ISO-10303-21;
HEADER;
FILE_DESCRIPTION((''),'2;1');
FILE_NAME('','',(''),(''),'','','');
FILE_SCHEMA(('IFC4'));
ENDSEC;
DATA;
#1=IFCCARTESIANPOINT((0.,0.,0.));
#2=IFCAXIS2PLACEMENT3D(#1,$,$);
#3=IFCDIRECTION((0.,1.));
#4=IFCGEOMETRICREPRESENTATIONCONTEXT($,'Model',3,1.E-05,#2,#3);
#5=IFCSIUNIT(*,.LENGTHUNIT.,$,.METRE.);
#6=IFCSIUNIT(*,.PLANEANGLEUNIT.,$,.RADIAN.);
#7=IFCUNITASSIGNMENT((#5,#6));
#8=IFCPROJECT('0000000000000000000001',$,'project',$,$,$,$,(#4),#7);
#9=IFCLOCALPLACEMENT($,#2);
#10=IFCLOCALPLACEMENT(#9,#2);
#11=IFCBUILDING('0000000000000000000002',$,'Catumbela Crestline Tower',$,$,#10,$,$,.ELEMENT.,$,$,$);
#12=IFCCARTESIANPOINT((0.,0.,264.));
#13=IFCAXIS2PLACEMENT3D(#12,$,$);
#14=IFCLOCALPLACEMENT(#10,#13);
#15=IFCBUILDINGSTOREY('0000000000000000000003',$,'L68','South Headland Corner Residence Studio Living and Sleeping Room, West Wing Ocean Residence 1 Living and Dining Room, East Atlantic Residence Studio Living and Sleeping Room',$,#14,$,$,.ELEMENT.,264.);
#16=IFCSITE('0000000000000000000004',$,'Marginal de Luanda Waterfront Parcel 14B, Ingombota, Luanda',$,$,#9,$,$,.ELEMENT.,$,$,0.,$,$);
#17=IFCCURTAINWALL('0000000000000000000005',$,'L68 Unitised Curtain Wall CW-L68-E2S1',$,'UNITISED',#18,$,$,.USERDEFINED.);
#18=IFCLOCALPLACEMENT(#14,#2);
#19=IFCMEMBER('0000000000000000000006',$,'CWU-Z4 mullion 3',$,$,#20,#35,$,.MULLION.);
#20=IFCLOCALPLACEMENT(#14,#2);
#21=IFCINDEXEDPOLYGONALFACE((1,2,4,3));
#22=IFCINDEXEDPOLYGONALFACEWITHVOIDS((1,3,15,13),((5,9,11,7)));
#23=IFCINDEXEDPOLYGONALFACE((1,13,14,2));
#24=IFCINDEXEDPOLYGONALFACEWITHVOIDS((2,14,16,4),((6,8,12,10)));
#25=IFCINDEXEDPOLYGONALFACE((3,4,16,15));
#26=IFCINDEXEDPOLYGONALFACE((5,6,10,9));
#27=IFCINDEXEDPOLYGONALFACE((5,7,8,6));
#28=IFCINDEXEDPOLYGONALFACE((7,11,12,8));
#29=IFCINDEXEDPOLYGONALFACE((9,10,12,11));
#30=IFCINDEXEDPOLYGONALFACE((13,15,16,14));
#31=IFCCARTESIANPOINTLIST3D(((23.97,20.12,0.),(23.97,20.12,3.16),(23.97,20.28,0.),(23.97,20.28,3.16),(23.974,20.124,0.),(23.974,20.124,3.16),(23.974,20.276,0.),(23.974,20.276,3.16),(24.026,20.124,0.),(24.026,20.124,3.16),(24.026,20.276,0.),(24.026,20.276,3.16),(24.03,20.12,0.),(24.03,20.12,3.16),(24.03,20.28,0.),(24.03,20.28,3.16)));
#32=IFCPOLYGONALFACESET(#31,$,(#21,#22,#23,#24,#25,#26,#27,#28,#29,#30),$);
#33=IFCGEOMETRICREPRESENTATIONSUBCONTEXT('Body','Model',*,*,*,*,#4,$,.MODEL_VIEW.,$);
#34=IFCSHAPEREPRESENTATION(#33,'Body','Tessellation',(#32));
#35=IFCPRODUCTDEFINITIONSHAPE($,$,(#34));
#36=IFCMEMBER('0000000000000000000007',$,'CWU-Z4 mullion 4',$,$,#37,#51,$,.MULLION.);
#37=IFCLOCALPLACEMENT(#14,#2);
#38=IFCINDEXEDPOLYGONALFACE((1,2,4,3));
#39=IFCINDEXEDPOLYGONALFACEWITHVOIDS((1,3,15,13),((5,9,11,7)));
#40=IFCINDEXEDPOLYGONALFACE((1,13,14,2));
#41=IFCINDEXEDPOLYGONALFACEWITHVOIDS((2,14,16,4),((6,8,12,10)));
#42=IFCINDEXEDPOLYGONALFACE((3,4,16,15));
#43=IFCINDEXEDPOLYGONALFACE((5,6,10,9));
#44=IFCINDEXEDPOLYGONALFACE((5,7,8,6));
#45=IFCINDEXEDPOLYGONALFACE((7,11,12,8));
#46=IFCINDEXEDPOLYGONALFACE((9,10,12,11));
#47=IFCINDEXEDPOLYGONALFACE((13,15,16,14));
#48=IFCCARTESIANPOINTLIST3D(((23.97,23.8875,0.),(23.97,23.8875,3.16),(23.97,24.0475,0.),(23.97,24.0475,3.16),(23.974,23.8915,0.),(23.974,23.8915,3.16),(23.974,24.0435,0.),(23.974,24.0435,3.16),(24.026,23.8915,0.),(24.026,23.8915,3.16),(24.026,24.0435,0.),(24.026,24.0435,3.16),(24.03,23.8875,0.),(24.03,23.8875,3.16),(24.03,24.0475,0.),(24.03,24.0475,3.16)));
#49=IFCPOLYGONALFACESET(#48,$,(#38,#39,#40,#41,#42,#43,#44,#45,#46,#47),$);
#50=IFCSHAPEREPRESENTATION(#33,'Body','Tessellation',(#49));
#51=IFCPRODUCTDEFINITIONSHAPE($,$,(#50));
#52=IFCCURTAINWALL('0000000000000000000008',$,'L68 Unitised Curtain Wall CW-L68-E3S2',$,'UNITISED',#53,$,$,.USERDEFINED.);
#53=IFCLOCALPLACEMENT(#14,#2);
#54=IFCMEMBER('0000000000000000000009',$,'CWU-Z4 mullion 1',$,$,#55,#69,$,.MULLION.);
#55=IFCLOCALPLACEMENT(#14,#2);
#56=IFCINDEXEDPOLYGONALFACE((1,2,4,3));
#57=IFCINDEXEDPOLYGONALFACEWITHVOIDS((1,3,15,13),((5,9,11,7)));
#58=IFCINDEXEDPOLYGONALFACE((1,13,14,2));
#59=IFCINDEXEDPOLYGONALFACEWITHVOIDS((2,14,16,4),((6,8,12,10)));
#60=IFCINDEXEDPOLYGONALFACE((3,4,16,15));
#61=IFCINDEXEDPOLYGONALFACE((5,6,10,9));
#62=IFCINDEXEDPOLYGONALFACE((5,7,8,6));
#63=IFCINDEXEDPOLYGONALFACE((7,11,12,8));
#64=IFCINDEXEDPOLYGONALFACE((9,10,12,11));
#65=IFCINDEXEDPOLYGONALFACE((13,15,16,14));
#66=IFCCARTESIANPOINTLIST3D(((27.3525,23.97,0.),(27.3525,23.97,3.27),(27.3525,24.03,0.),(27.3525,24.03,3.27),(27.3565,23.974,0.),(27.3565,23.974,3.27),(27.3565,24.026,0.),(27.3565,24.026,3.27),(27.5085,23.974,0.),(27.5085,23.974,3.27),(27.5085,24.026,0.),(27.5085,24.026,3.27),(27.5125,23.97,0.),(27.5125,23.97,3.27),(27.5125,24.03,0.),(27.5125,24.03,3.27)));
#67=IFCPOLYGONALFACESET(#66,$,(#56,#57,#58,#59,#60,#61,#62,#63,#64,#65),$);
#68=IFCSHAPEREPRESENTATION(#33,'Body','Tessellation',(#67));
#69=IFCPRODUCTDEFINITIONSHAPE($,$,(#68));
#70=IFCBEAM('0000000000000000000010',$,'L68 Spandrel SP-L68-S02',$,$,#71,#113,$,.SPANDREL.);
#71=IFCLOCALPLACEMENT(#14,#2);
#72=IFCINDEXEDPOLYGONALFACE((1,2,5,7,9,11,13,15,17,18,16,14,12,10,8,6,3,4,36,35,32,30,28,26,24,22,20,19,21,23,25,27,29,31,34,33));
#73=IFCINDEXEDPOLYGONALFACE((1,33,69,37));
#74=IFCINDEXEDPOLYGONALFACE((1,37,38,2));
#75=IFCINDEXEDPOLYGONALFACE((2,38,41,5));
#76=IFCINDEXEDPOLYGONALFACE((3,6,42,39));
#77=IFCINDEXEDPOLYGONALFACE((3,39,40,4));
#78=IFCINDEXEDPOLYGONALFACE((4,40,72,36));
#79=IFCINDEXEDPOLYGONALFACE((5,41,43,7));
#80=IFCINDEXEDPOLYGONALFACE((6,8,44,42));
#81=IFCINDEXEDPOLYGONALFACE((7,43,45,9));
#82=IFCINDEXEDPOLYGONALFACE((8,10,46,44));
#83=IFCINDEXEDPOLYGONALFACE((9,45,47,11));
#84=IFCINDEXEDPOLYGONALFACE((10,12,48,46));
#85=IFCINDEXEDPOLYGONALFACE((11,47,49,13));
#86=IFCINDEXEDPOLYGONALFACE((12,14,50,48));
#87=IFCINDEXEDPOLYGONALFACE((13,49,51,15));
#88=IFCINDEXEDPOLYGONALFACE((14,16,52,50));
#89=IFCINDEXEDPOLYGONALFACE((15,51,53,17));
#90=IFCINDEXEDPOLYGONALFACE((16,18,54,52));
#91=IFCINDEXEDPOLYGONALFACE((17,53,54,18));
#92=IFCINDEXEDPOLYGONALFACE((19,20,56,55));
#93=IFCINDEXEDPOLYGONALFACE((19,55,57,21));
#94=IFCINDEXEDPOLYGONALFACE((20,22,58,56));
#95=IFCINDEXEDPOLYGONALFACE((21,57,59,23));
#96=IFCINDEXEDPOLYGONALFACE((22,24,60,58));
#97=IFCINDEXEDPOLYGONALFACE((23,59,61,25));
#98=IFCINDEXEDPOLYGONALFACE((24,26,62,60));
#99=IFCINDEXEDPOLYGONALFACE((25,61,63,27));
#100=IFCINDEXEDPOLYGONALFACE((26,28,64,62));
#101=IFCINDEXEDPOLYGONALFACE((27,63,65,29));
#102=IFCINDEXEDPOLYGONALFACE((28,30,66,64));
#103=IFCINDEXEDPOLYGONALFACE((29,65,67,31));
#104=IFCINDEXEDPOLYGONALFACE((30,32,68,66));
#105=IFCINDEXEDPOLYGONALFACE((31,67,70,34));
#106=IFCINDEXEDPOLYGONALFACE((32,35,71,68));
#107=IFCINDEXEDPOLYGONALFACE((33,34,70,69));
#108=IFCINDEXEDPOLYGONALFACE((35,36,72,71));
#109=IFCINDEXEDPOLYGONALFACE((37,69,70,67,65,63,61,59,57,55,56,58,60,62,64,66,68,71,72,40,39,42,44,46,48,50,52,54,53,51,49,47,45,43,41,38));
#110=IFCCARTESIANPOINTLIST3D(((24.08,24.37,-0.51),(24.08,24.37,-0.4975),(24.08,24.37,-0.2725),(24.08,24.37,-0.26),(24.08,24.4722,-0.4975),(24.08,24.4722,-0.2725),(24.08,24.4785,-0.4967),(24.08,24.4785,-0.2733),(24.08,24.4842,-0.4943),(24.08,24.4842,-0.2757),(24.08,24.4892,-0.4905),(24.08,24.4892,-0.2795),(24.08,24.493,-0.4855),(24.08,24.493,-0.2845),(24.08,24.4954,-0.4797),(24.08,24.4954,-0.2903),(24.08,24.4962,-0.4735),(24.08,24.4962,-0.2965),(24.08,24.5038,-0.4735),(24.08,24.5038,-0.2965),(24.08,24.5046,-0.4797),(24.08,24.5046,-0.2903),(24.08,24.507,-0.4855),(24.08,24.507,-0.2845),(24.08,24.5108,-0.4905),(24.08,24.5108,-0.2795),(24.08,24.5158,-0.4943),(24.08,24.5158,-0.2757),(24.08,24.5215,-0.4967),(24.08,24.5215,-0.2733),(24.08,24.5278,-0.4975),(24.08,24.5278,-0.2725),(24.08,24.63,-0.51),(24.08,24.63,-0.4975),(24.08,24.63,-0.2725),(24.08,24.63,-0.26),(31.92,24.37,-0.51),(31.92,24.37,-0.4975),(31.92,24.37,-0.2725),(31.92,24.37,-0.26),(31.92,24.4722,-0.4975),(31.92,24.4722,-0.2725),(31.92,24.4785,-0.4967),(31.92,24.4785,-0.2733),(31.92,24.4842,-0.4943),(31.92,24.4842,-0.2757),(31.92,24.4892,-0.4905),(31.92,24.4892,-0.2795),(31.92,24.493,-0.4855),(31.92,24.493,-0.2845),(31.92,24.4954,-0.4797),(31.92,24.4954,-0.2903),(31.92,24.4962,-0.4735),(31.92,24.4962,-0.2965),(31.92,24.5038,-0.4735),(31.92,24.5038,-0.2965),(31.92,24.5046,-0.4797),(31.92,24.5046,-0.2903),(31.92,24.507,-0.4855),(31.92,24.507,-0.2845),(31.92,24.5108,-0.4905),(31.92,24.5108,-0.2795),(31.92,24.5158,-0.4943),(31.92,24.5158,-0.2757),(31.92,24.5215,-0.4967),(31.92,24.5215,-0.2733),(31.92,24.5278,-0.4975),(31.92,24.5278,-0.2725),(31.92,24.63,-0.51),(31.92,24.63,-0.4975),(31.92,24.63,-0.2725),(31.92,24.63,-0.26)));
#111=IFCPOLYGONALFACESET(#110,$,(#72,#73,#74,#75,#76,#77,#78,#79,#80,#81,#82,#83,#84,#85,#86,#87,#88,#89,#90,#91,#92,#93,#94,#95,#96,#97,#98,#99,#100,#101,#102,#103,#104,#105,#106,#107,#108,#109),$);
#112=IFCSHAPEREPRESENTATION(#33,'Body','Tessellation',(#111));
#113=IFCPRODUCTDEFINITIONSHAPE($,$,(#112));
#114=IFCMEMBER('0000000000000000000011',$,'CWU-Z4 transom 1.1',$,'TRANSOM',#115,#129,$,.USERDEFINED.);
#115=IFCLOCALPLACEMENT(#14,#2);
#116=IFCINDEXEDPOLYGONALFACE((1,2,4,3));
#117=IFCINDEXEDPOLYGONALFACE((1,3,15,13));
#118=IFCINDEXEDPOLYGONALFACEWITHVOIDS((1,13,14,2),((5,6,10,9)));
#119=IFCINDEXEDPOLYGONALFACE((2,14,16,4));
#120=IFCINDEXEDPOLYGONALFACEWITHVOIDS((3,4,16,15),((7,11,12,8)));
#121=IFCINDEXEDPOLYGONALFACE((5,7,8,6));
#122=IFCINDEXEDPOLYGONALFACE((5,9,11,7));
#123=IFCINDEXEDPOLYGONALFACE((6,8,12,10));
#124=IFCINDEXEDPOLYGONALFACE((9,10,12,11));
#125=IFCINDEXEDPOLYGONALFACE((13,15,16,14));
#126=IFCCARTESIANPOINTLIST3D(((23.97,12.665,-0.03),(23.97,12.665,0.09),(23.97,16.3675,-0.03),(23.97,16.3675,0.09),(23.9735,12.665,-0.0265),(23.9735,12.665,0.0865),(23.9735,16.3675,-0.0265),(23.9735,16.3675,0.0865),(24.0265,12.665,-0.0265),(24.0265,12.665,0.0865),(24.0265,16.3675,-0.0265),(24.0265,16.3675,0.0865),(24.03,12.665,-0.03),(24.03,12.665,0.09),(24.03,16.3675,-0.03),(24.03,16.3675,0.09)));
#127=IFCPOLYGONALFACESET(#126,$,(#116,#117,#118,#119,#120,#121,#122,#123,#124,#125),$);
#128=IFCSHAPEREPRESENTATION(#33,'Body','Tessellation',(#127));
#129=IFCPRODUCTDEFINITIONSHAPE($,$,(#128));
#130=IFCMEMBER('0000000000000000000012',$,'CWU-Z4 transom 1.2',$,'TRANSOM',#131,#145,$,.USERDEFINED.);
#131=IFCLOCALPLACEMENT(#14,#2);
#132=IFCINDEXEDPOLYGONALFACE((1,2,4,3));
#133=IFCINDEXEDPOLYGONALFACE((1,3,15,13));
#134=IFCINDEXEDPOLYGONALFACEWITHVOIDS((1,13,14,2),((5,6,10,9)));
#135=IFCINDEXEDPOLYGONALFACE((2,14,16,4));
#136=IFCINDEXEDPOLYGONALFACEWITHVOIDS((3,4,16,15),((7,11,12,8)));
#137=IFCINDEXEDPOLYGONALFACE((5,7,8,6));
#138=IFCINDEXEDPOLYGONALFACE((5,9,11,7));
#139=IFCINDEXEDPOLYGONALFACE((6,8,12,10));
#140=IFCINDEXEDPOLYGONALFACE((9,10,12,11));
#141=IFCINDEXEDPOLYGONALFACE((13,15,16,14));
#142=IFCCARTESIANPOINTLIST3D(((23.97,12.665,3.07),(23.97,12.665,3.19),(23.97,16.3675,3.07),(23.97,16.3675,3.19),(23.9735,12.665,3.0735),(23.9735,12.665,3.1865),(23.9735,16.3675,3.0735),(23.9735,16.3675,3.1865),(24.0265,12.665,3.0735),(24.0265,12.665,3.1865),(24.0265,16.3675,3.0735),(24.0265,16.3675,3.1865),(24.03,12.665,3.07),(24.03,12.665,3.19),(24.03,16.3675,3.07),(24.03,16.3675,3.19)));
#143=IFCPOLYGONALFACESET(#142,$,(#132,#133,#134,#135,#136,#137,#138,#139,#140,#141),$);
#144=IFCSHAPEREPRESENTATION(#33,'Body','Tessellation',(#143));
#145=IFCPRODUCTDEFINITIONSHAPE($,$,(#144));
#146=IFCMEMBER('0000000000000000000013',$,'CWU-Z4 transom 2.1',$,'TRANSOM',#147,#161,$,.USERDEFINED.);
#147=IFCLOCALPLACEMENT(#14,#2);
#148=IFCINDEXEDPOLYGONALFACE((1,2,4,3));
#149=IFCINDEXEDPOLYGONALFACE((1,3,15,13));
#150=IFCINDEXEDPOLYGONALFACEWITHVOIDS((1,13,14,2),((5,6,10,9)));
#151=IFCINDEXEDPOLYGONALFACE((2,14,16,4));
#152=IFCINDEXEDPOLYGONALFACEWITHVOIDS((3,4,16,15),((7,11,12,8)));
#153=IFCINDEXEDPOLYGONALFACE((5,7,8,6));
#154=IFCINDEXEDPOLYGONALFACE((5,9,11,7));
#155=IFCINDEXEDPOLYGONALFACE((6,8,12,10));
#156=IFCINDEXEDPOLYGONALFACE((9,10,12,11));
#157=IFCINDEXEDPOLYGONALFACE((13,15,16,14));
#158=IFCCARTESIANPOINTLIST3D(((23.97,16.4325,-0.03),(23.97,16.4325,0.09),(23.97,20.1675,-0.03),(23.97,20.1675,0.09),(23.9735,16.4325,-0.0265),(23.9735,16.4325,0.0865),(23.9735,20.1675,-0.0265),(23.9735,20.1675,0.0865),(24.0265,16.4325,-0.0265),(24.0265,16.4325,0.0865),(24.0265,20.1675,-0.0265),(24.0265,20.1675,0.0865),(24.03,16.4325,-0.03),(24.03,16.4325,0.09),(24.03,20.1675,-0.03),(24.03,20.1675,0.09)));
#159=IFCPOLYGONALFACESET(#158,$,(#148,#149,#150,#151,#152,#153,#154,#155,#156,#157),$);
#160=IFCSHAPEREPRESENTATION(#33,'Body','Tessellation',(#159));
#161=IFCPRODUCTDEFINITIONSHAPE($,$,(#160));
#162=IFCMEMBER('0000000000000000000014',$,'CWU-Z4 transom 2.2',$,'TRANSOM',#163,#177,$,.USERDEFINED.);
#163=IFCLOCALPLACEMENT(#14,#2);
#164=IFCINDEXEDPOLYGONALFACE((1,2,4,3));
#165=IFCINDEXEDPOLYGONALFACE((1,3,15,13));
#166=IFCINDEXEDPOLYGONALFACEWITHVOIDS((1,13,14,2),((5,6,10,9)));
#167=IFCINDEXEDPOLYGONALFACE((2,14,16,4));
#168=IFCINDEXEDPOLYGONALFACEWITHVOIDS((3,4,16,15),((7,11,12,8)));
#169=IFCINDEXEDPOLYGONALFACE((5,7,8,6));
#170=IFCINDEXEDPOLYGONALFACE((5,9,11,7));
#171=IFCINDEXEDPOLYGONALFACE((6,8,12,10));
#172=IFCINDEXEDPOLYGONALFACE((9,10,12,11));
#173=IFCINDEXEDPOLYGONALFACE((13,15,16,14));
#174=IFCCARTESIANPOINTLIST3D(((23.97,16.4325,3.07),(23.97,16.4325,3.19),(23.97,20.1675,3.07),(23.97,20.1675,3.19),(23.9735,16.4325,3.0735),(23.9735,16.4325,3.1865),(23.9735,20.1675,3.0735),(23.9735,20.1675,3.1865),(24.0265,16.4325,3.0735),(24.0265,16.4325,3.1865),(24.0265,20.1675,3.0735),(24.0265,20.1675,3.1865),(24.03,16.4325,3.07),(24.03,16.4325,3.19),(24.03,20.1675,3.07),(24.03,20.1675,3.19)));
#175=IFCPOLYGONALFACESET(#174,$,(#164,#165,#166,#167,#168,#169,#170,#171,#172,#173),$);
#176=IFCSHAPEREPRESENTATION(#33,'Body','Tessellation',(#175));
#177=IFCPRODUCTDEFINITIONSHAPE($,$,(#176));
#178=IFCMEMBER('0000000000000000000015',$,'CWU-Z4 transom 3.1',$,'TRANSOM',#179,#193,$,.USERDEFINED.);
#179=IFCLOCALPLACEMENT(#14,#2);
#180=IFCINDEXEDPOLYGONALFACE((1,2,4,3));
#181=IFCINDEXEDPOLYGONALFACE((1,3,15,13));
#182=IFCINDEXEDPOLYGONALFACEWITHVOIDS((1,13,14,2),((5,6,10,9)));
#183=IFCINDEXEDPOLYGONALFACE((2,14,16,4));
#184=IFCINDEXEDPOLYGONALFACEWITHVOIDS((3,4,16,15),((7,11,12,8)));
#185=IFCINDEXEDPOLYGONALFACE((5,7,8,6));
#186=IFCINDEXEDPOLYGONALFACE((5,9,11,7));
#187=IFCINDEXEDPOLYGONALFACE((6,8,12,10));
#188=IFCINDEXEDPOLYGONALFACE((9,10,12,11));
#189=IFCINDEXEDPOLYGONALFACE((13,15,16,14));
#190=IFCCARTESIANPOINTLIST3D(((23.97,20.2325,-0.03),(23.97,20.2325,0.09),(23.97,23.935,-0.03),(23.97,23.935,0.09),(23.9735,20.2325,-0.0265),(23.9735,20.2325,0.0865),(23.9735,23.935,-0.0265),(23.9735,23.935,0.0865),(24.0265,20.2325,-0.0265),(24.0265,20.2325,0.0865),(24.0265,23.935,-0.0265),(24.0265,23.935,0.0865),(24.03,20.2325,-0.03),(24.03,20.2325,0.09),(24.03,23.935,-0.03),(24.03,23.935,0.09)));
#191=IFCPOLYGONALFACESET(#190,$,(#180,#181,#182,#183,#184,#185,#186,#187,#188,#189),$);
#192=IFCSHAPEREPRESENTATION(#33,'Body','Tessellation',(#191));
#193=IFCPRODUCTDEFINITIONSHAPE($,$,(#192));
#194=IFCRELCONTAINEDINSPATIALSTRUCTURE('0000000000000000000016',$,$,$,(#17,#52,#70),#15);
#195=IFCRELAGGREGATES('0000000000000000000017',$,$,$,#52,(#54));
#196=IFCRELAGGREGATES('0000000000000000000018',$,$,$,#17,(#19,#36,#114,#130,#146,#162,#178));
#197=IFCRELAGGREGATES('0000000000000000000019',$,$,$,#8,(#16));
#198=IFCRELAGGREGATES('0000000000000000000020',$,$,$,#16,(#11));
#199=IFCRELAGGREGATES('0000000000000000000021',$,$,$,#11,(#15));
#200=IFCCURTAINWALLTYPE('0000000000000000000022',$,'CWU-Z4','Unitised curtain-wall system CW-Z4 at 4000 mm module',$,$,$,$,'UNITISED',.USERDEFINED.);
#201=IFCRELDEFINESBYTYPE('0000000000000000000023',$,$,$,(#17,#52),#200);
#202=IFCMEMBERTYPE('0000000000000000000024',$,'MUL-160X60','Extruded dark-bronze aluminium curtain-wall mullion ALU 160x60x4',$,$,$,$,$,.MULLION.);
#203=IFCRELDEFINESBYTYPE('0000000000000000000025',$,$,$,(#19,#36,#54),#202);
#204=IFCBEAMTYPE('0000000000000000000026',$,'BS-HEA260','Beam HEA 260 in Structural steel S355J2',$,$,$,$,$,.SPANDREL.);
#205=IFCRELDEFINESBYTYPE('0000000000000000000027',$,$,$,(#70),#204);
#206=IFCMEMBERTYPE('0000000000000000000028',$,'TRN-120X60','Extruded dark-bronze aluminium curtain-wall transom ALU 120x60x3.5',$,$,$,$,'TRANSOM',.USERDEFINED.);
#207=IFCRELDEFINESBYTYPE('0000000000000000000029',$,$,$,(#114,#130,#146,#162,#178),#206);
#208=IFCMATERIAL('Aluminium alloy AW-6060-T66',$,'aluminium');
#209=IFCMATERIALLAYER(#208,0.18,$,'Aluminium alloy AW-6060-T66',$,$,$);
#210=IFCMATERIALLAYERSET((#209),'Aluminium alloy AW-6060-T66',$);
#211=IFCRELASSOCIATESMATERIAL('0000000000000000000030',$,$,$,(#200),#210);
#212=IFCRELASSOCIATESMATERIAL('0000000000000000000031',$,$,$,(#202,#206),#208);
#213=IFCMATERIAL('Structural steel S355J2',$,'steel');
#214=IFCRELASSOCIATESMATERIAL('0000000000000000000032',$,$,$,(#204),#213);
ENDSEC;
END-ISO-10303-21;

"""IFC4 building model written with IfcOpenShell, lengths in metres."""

from ifc_helpers import new_model, si_unit, direction, frame, origin, origin_2d, place, context, subcontext, project, spatial, hollow_rectangle, i_section, extrude, material, layer, layer_set, material_profile, profile_set, type_object, element, aggregate, save


model = new_model("IFC4")

# Units and contexts
model_context = context("Model", 3, precision=1e-05, world=origin(), true_north=direction((0.0, 1.0)))
body_context = subcontext(model_context, "Body", "Model", "MODEL_VIEW")
ifc_project = project(units=[si_unit("LENGTHUNIT", "METRE"), si_unit("PLANEANGLEUNIT", "RADIAN")], contexts=[model_context])

# Site, building, storey
site_placement = place(None, origin())
site = spatial("IfcSite", under=ifc_project, at=site_placement, Name="Marginal de Luanda Waterfront Parcel 14B, Ingombota, Luanda", CompositionType="ELEMENT", RefElevation=0.0)
building_placement = place(site_placement, origin())
building = spatial("IfcBuilding", under=site, at=building_placement, Name="Catumbela Crestline Tower", CompositionType="ELEMENT")
storey_placement = place(building_placement, frame((0.0, 0.0, 264.0)))
storey = spatial("IfcBuildingStorey", under=building, at=storey_placement, Name="L68", Description="South Headland Corner Residence Studio Living and Sleeping Room, West Wing Ocean Residence 1 Living and Dining Room, East Atlantic Residence Studio Living and Sleeping Room", CompositionType="ELEMENT", Elevation=264.0)

# Shared definitions
ifc_material_1 = material(Name="Structural steel S355J2", Category="steel")

# Shared definitions
ifc_material_2 = material(Name="Aluminium alloy AW-6060-T66", Category="aluminium")
ifc_layer_1 = layer(ifc_material_2, 0.18, Name="Aluminium alloy AW-6060-T66")
ifc_layer_set_1 = layer_set([ifc_layer_1], Name="Aluminium alloy AW-6060-T66")
curtain_wall_type = type_object("IfcCurtainWallType", Name="CWU-Z4", Description="Unitised curtain-wall system CW-Z4 at 4000 mm module", ElementType="UNITISED", PredefinedType="USERDEFINED", material=ifc_layer_set_1)
ifc_material_profile_1 = material_profile(ifc_material_2, hollow_rectangle(XDim=0.06, YDim=0.16, WallThickness=0.004, at=origin_2d()), Name="ALU 160x60x4")
ifc_profile_set_1 = profile_set([ifc_material_profile_1], Name="Aluminium alloy AW-6060-T66")
member_type_1 = type_object("IfcMemberType", Name="MUL-160X60", Description="Extruded dark-bronze aluminium curtain-wall mullion ALU 160x60x4", PredefinedType="MULLION", material=ifc_profile_set_1)

# Curtain wall, members
curtain_wall_1_placement = place(storey_placement, origin())
curtain_wall_1 = element("IfcCurtainWall", 1, at=curtain_wall_1_placement, inside=storey, type_object=curtain_wall_type, Name="L68 Unitised Curtain Wall CW-L68-E2S1", ObjectType="UNITISED", PredefinedType="USERDEFINED")
member_1_placement = place(storey_placement, frame((24.0, 20.2, 0.0), z_axis=(0.0, 0.0, 1.0), x_axis=(-1.0, 0.0, 0.0)))
member_1 = element("IfcMember", 2, at=member_1_placement, type_object=member_type_1, Name="CWU-Z4 mullion 3", PredefinedType="MULLION", context=body_context, shape_type="SweptSolid", body=[
    extrude(hollow_rectangle(XDim=0.06, YDim=0.16, WallThickness=0.004, at=origin_2d()), origin(), (0.0, 0.0, 1.0), 3.16),
])
member_2_placement = place(storey_placement, frame((24.0, 23.9675, 0.0), z_axis=(0.0, 0.0, 1.0), x_axis=(-1.0, 0.0, 0.0)))
member_2 = element("IfcMember", 3, at=member_2_placement, type_object=member_type_1, Name="CWU-Z4 mullion 4", PredefinedType="MULLION", context=body_context, shape_type="SweptSolid", body=[
    extrude(hollow_rectangle(XDim=0.06, YDim=0.16, WallThickness=0.004, at=origin_2d()), origin(), (0.0, 0.0, 1.0), 3.16),
])

# Curtain wall, member
curtain_wall_2_placement = place(storey_placement, origin())
curtain_wall_2 = element("IfcCurtainWall", 4, at=curtain_wall_2_placement, inside=storey, type_object=curtain_wall_type, Name="L68 Unitised Curtain Wall CW-L68-E3S2", ObjectType="UNITISED", PredefinedType="USERDEFINED")
member_3_placement = place(storey_placement, frame((27.4325, 24.0, 0.0), z_axis=(0.0, 0.0, 1.0), x_axis=(0.0, 1.0, 0.0)))
member_3 = element("IfcMember", 5, at=member_3_placement, type_object=member_type_1, Name="CWU-Z4 mullion 1", PredefinedType="MULLION", context=body_context, shape_type="SweptSolid", body=[
    extrude(hollow_rectangle(XDim=0.06, YDim=0.16, WallThickness=0.004, at=origin_2d()), origin(), (0.0, 0.0, 1.0), 3.27),
])

# Beam
ifc_material_profile_2 = material_profile(ifc_material_1, i_section(OverallWidth=0.26, OverallDepth=0.25, WebThickness=0.0075, FlangeThickness=0.0125, FilletRadius=0.024, at=origin_2d()), Name="HEA 260")
ifc_profile_set_2 = profile_set([ifc_material_profile_2], Name="Structural steel S355J2")
beam_type_1 = type_object("IfcBeamType", Name="BS-HEA260", Description="Beam HEA 260 in Structural steel S355J2", PredefinedType="SPANDREL", material=ifc_profile_set_2)
beam_1_placement = place(storey_placement, frame((24.08, 24.5, -0.385), z_axis=(1.0, 0.0, 0.0), x_axis=(0.0, 1.0, 0.0)))
element("IfcBeam", 6, at=beam_1_placement, inside=storey, type_object=beam_type_1, Name="L68 Spandrel SP-L68-S02", PredefinedType="SPANDREL", context=body_context, shape_type="SweptSolid", body=[
    extrude(i_section(OverallWidth=0.26, OverallDepth=0.25, WebThickness=0.0075, FlangeThickness=0.0125, FilletRadius=0.024, at=origin_2d()), origin(), (0.0, 0.0, 1.0), 7.84),
])

# Members
ifc_material_profile_3 = material_profile(ifc_material_2, hollow_rectangle(XDim=0.06, YDim=0.12, WallThickness=0.0035, at=origin_2d()), Name="ALU 120x60x3.5")
ifc_profile_set_3 = profile_set([ifc_material_profile_3], Name="Aluminium alloy AW-6060-T66")
member_type_2 = type_object("IfcMemberType", Name="TRN-120X60", Description="Extruded dark-bronze aluminium curtain-wall transom ALU 120x60x3.5", ElementType="TRANSOM", PredefinedType="USERDEFINED", material=ifc_profile_set_3)
member_4_placement = place(storey_placement, frame((24.0, 12.665, 0.03), z_axis=(0.0, 1.0, 0.0), x_axis=(-1.0, 0.0, 0.0)))
member_4 = element("IfcMember", 7, at=member_4_placement, type_object=member_type_2, Name="CWU-Z4 transom 1.1", ObjectType="TRANSOM", PredefinedType="USERDEFINED", context=body_context, shape_type="SweptSolid", body=[
    extrude(hollow_rectangle(XDim=0.06, YDim=0.12, WallThickness=0.0035, at=origin_2d()), origin(), (0.0, 0.0, 1.0), 3.7025),
])
member_5_placement = place(storey_placement, frame((24.0, 12.665, 3.13), z_axis=(0.0, 1.0, 0.0), x_axis=(-1.0, 0.0, 0.0)))
member_5 = element("IfcMember", 8, at=member_5_placement, type_object=member_type_2, Name="CWU-Z4 transom 1.2", ObjectType="TRANSOM", PredefinedType="USERDEFINED", context=body_context, shape_type="SweptSolid", body=[
    extrude(hollow_rectangle(XDim=0.06, YDim=0.12, WallThickness=0.0035, at=origin_2d()), origin(), (0.0, 0.0, 1.0), 3.7025),
])
member_6_placement = place(storey_placement, frame((24.0, 16.4325, 0.03), z_axis=(0.0, 1.0, 0.0), x_axis=(-1.0, 0.0, 0.0)))
member_6 = element("IfcMember", 9, at=member_6_placement, type_object=member_type_2, Name="CWU-Z4 transom 2.1", ObjectType="TRANSOM", PredefinedType="USERDEFINED", context=body_context, shape_type="SweptSolid", body=[
    extrude(hollow_rectangle(XDim=0.06, YDim=0.12, WallThickness=0.0035, at=origin_2d()), origin(), (0.0, 0.0, 1.0), 3.735),
])
member_7_placement = place(storey_placement, frame((24.0, 16.4325, 3.13), z_axis=(0.0, 1.0, 0.0), x_axis=(-1.0, 0.0, 0.0)))
member_7 = element("IfcMember", 10, at=member_7_placement, type_object=member_type_2, Name="CWU-Z4 transom 2.2", ObjectType="TRANSOM", PredefinedType="USERDEFINED", context=body_context, shape_type="SweptSolid", body=[
    extrude(hollow_rectangle(XDim=0.06, YDim=0.12, WallThickness=0.0035, at=origin_2d()), origin(), (0.0, 0.0, 1.0), 3.735),
])
member_8_placement = place(storey_placement, frame((24.0, 20.2325, 0.03), z_axis=(0.0, 1.0, 0.0), x_axis=(-1.0, 0.0, 0.0)))
member_8 = element("IfcMember", 11, at=member_8_placement, type_object=member_type_2, Name="CWU-Z4 transom 3.1", ObjectType="TRANSOM", PredefinedType="USERDEFINED", context=body_context, shape_type="SweptSolid", body=[
    extrude(hollow_rectangle(XDim=0.06, YDim=0.12, WallThickness=0.0035, at=origin_2d()), origin(), (0.0, 0.0, 1.0), 3.7025),
])
aggregate(curtain_wall_2, [member_3])

aggregate(curtain_wall_1, [member_1, member_2, member_4, member_5, member_6, member_7, member_8])

save(model, "model.ifc")
